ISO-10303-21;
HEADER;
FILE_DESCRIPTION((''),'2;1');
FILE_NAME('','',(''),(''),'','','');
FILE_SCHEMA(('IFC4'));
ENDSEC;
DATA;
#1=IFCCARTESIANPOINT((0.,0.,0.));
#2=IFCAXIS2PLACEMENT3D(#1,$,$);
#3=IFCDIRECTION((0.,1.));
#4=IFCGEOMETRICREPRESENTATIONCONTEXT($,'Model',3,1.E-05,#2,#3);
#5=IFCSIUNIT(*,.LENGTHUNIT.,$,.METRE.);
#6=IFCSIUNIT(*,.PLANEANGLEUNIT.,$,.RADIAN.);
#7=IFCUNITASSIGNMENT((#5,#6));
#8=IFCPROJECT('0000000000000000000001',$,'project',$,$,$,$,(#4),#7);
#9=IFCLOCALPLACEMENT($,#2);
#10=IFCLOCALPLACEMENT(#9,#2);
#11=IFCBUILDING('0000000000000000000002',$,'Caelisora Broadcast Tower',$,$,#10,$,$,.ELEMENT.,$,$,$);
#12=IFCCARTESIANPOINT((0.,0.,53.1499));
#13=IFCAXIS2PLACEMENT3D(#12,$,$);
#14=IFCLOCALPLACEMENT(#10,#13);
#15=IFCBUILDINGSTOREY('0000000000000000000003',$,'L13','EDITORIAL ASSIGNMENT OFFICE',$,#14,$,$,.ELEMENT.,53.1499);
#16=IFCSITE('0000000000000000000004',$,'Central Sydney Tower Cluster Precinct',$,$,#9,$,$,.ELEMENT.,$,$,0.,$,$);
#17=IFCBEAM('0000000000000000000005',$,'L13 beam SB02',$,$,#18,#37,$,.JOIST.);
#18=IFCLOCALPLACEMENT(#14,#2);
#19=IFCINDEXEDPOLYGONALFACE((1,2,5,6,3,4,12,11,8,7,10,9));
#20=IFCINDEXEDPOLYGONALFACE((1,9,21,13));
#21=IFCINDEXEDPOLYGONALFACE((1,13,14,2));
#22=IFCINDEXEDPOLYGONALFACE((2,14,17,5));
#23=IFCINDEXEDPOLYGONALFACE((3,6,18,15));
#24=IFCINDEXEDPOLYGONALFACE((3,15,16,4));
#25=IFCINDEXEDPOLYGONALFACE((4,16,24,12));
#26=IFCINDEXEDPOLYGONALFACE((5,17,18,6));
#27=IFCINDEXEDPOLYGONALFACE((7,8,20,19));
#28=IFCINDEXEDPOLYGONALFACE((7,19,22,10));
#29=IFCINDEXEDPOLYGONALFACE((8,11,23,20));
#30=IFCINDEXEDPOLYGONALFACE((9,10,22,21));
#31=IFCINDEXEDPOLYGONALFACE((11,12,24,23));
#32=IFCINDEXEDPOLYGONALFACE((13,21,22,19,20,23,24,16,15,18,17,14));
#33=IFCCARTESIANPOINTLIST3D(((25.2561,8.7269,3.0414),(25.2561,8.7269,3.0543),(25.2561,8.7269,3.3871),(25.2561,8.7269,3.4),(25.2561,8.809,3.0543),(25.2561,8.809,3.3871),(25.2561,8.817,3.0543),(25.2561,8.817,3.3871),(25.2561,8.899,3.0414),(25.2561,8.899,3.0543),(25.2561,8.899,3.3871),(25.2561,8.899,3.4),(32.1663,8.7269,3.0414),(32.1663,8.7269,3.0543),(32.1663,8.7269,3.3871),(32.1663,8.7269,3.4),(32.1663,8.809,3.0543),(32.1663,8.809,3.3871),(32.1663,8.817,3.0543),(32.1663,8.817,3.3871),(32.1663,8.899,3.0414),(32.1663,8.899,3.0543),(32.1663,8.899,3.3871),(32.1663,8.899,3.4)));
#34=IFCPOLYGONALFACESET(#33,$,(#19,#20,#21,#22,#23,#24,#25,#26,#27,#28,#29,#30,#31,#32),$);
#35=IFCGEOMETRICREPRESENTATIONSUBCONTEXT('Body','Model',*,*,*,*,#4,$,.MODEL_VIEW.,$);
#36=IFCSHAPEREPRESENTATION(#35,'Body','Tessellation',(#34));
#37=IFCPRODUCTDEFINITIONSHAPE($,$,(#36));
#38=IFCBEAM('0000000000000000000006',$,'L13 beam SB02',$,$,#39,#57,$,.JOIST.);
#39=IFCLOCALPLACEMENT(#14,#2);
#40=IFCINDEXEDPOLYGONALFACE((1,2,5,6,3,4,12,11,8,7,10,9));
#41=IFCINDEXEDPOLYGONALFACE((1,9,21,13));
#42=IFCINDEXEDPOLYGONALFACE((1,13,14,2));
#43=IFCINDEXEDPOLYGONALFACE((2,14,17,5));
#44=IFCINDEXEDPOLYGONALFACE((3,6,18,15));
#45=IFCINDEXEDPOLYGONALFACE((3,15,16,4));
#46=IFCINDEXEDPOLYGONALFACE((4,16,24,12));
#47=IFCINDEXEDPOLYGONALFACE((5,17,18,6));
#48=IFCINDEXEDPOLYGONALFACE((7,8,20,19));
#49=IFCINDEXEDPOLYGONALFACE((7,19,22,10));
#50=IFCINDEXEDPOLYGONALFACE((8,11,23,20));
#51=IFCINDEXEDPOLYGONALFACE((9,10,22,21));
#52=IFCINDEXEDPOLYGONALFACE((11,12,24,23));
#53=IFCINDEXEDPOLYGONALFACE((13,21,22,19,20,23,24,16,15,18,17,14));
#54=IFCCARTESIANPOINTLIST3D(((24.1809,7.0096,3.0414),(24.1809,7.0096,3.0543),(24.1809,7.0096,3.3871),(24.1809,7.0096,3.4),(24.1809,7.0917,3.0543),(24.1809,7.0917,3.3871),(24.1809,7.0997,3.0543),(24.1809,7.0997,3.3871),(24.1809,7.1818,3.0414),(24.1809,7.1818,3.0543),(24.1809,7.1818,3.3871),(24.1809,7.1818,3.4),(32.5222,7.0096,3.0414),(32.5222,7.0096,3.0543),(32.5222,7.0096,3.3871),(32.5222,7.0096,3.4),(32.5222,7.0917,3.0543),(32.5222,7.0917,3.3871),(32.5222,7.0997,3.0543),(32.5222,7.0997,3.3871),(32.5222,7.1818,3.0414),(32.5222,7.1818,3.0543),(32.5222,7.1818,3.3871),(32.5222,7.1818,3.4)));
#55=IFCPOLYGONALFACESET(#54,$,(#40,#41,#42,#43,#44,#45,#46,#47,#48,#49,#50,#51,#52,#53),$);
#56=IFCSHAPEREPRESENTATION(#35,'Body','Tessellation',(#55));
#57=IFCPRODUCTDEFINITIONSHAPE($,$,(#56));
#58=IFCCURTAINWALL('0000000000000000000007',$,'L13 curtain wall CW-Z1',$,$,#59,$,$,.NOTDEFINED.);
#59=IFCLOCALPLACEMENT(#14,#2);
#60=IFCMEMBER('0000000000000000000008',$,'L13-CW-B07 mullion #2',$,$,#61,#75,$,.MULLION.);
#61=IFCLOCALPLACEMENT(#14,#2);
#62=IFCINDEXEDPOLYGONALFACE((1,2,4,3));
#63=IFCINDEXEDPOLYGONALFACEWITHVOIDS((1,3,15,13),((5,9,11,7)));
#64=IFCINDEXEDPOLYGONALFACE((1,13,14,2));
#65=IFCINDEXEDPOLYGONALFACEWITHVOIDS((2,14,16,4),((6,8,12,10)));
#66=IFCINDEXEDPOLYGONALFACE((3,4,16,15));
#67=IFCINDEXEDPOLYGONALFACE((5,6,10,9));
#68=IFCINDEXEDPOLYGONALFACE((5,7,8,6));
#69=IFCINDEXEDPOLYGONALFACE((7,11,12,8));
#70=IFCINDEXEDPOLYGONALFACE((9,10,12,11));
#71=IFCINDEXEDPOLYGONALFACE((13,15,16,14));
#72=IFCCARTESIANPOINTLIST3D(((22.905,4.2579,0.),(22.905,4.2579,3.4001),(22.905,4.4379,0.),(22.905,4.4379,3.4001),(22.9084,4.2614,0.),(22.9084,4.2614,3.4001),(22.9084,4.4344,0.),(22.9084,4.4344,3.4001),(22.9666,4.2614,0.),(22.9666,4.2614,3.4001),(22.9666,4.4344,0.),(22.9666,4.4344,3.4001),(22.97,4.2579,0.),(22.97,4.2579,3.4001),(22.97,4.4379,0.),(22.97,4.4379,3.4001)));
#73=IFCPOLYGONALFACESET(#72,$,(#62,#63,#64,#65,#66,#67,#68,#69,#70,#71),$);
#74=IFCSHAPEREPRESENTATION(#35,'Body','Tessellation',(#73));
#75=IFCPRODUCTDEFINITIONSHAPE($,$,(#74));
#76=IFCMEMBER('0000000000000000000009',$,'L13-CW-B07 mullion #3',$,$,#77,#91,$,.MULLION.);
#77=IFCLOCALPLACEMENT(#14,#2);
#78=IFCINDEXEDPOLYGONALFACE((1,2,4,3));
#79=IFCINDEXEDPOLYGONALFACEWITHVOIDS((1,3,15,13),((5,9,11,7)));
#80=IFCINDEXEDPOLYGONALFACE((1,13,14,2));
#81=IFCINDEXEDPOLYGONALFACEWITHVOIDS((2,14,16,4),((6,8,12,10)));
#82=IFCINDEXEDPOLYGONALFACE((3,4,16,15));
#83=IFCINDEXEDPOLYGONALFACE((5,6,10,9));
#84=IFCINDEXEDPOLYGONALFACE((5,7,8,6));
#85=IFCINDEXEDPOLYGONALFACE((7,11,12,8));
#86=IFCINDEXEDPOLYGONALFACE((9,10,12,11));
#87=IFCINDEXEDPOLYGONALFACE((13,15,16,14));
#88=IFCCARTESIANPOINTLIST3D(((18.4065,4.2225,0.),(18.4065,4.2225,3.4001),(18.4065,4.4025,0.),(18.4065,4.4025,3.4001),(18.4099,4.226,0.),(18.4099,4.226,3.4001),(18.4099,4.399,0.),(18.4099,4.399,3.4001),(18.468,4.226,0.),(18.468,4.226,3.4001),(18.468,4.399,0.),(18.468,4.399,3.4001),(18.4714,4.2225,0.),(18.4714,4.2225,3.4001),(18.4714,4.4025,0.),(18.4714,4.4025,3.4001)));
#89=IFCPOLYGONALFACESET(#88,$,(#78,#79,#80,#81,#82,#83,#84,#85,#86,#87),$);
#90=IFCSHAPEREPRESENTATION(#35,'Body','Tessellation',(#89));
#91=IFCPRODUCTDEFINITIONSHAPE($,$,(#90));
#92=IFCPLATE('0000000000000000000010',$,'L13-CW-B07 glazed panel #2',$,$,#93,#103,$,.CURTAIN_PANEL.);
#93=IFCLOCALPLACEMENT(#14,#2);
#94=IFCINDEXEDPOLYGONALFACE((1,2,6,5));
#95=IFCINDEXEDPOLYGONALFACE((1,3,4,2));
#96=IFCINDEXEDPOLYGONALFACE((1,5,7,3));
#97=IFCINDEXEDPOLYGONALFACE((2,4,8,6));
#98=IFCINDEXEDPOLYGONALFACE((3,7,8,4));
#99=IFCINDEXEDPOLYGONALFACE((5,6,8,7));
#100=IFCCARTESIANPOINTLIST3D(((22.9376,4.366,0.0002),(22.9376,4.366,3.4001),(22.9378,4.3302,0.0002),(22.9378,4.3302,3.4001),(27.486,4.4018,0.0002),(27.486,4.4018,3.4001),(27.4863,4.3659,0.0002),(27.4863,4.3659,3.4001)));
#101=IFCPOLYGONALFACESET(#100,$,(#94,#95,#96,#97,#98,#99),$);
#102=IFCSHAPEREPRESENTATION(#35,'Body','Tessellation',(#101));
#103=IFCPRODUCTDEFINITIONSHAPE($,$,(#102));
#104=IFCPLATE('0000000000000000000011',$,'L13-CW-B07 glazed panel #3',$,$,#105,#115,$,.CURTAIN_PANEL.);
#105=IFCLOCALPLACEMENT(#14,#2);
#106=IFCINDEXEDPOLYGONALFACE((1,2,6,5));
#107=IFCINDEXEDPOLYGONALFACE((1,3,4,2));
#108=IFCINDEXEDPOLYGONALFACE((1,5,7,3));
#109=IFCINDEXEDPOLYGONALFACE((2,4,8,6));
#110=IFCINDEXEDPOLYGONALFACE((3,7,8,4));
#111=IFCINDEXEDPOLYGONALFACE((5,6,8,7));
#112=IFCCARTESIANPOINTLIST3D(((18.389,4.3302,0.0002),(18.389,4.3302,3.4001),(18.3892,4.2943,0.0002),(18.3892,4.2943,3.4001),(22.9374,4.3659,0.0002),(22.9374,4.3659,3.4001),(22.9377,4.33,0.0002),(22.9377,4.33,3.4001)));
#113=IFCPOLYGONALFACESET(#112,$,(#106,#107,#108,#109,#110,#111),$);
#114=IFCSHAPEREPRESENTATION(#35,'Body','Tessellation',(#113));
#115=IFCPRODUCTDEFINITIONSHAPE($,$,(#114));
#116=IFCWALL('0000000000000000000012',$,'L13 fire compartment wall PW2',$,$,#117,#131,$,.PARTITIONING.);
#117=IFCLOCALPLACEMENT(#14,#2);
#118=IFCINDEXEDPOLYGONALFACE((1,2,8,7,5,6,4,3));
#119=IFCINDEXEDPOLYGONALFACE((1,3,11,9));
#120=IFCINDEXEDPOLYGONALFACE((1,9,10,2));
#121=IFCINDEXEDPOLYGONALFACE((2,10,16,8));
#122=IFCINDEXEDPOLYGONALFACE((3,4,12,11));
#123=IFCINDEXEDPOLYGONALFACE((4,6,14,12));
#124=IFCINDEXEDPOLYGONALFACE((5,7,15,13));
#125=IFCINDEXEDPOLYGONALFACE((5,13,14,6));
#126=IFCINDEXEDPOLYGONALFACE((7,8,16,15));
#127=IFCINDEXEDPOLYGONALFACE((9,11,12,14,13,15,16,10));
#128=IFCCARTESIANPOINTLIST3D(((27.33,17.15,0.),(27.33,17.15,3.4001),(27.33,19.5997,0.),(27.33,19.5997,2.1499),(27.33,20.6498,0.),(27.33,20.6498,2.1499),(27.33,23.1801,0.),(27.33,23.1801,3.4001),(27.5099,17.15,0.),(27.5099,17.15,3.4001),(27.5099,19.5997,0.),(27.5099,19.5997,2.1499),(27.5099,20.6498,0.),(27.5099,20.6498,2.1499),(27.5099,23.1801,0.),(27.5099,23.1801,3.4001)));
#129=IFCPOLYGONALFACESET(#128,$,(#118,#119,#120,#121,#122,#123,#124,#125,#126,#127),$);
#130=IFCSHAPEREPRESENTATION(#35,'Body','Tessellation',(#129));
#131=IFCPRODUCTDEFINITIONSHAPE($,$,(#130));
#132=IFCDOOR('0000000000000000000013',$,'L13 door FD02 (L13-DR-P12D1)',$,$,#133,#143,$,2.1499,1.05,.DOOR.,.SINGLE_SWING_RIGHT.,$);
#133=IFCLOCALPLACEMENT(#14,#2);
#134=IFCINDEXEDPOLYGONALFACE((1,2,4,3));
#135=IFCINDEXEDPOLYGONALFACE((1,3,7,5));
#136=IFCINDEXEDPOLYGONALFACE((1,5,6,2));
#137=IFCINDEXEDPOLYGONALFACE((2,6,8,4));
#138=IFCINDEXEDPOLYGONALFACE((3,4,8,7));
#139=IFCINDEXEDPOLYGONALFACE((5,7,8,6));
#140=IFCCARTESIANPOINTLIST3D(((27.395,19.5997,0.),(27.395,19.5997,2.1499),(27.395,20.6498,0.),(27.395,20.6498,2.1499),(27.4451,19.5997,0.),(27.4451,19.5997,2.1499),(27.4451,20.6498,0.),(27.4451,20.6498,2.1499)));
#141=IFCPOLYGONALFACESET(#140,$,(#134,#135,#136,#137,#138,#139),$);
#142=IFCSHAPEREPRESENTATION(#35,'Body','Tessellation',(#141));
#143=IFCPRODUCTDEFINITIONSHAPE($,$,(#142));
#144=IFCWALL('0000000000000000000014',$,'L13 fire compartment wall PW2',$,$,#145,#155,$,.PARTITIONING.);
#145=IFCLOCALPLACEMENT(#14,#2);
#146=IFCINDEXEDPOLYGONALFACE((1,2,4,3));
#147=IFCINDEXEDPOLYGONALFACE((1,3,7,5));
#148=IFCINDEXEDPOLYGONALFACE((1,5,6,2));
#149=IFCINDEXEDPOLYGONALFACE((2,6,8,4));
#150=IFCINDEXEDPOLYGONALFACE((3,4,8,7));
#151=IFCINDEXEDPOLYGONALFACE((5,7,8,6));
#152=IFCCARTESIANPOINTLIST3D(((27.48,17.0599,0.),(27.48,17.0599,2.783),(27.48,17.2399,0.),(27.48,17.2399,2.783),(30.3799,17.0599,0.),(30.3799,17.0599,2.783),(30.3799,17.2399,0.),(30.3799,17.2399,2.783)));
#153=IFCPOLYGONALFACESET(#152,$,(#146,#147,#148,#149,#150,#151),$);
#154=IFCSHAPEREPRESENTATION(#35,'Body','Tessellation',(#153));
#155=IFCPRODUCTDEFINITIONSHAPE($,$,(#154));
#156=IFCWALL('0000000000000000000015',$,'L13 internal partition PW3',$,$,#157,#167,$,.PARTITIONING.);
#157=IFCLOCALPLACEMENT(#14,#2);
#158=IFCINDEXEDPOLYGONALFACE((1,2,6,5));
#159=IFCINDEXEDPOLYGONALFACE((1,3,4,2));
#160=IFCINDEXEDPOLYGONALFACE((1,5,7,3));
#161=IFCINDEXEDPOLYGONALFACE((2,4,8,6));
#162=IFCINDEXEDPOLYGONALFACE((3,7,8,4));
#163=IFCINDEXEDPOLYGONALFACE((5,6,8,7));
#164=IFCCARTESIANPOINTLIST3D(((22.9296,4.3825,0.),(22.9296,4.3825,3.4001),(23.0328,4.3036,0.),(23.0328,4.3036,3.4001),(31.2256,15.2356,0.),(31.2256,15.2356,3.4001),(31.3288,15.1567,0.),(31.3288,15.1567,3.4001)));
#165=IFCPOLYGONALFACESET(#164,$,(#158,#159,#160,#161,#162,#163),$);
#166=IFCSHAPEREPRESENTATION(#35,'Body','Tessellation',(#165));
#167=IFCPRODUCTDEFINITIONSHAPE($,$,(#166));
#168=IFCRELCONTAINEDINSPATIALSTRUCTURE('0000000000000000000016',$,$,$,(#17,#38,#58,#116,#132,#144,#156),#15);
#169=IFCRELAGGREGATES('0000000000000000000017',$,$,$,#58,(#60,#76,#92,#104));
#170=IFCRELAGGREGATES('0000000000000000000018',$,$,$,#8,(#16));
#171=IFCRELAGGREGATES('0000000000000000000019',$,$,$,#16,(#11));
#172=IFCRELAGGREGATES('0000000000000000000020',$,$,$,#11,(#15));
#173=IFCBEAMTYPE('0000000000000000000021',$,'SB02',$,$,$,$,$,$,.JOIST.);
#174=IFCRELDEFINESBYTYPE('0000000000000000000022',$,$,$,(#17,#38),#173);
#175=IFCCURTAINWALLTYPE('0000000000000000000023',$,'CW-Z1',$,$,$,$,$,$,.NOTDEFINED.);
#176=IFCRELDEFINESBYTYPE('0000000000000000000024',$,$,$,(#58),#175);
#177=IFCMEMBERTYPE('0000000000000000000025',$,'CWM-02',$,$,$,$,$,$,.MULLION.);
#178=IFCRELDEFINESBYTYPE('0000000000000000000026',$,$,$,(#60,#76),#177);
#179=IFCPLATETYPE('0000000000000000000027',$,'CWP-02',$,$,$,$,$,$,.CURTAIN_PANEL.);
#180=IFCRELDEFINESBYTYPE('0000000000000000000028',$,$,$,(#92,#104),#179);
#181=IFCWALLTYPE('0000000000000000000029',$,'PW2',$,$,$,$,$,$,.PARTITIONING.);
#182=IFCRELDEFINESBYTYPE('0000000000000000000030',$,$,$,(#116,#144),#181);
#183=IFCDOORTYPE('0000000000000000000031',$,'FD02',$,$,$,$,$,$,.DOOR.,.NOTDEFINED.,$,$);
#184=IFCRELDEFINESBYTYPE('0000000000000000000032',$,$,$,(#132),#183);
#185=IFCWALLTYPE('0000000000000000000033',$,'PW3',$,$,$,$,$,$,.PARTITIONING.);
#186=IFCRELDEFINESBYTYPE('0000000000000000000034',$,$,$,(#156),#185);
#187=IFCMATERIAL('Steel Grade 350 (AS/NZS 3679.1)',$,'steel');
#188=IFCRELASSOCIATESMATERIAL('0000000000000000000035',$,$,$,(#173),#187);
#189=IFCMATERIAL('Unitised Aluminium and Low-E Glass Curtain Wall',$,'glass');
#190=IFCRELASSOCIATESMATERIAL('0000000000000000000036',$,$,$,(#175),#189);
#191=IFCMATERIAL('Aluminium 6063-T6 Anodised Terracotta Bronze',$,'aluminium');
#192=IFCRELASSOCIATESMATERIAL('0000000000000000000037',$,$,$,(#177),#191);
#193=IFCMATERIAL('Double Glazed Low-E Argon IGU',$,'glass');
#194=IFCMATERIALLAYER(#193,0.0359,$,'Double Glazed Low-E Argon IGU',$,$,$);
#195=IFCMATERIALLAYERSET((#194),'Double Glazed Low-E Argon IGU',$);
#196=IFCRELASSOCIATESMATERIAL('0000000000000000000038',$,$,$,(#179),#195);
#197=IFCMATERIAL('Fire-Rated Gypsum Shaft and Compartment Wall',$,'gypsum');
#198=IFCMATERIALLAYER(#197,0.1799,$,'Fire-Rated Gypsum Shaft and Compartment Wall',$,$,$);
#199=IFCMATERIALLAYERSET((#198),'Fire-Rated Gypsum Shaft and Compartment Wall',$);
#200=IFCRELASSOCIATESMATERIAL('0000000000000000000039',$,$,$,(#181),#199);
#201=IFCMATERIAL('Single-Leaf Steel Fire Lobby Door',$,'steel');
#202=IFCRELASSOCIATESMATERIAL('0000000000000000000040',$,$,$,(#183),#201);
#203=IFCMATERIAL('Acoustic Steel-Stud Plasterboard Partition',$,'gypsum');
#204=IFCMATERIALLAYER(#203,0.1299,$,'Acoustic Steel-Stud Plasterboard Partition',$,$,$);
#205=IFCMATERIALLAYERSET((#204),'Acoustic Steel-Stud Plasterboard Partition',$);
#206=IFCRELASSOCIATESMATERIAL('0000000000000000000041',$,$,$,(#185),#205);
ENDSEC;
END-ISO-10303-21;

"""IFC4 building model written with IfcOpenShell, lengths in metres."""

from ifc_helpers import new_model, si_unit, direction, frame, frame_2d, origin, origin_2d, place, context, subcontext, project, spatial, rectangle, hollow_rectangle, i_section, extrude, source, transform, mapped, material, layer, layer_set, material_profile, profile_set, type_object, type_shapes, element, fill, aggregate, save


model = new_model("IFC4")

# Units and contexts
model_context = context("Model", 3, precision=1e-05, world=origin(), true_north=direction((0.0, 1.0)))
body_context = subcontext(model_context, "Body", "Model", "MODEL_VIEW")
ifc_project = project(units=[si_unit("LENGTHUNIT", "METRE"), si_unit("PLANEANGLEUNIT", "RADIAN")], contexts=[model_context])

# Site, building, storey
site_placement = place(None, origin())
site = spatial("IfcSite", under=ifc_project, at=site_placement, Name="Central Sydney Tower Cluster Precinct", CompositionType="ELEMENT", RefElevation=0.0)
building_placement = place(site_placement, origin())
building = spatial("IfcBuilding", under=site, at=building_placement, Name="Caelisora Broadcast Tower", CompositionType="ELEMENT")
storey_placement = place(building_placement, frame((0.0, 0.0, 53.1499)))
storey = spatial("IfcBuildingStorey", under=building, at=storey_placement, Name="L13", Description="EDITORIAL ASSIGNMENT OFFICE", CompositionType="ELEMENT", Elevation=53.1499)

# Beams
ifc_material_1 = material(Name="Steel Grade 350 (AS/NZS 3679.1)", Category="steel")
ifc_material_profile_1 = material_profile(ifc_material_1, i_section(OverallWidth=0.1721, OverallDepth=0.3586, WebThickness=0.0081, FlangeThickness=0.0129, at=origin_2d()), Name="Steel Grade 350 (AS/NZS 3679.1)")
ifc_profile_set_1 = profile_set([ifc_material_profile_1], Name="Steel Grade 350 (AS/NZS 3679.1)")
beam_type_1 = type_object("IfcBeamType", Name="SB02", PredefinedType="JOIST", material=ifc_profile_set_1)
shared_shape_1 = source(origin(), body_context, "Body", "SweptSolid", [
    extrude(i_section(OverallWidth=0.1721, OverallDepth=0.3586, WebThickness=0.0081, FlangeThickness=0.0129, at=origin_2d()), origin(), (0.0, 0.0, 1.0), 6.9102),
])
beam_1_placement = place(storey_placement, frame((25.2561, 8.813, 3.2207), z_axis=(1.0, 0.0, 0.0), x_axis=(0.0, 1.0, 0.0)))
element("IfcBeam", 1, at=beam_1_placement, inside=storey, type_object=beam_type_1, Name="L13 beam SB02", PredefinedType="JOIST", context=body_context, shape_type="MappedRepresentation", body=[
    mapped(shared_shape_1, transform((0.0, 0.0, 0.0), scale=1.0)),
])
shared_shape_2 = source(origin(), body_context, "Body", "SweptSolid", [
    extrude(i_section(OverallWidth=0.1721, OverallDepth=0.3586, WebThickness=0.0081, FlangeThickness=0.0129, at=origin_2d()), origin(), (0.0, 0.0, 1.0), 8.3413),
])
beam_2_placement = place(storey_placement, frame((24.1809, 7.0957, 3.2207), z_axis=(1.0, 0.0, 0.0), x_axis=(0.0, 1.0, 0.0)))
element("IfcBeam", 2, at=beam_2_placement, inside=storey, type_object=beam_type_1, Name="L13 beam SB02", PredefinedType="JOIST", context=body_context, shape_type="MappedRepresentation", body=[
    mapped(shared_shape_2, transform((0.0, 0.0, 0.0), scale=1.0)),
])

# Curtain wall, members, plates
ifc_material_2 = material(Name="Unitised Aluminium and Low-E Glass Curtain Wall", Category="glass")
curtain_wall_type = type_object("IfcCurtainWallType", Name="CW-Z1", PredefinedType="NOTDEFINED", material=ifc_material_2)
curtain_wall_placement = place(storey_placement, origin())
curtain_wall = element("IfcCurtainWall", 3, at=curtain_wall_placement, inside=storey, type_object=curtain_wall_type, Name="L13 curtain wall CW-Z1", PredefinedType="NOTDEFINED")
ifc_material_3 = material(Name="Aluminium 6063-T6 Anodised Terracotta Bronze", Category="aluminium")
ifc_material_profile_2 = material_profile(ifc_material_3, hollow_rectangle(XDim=0.0649, YDim=0.1799, WallThickness=0.0034, at=origin_2d()), Name="Aluminium 6063-T6 Anodised Terracotta Bronze")
ifc_profile_set_2 = profile_set([ifc_material_profile_2], Name="Aluminium 6063-T6 Anodised Terracotta Bronze")
member_type = type_object("IfcMemberType", Name="CWM-02", PredefinedType="MULLION", material=ifc_profile_set_2)
shared_shape_3 = source(origin(), body_context, "Body", "SweptSolid", [
    extrude(hollow_rectangle(XDim=0.0649, YDim=0.1799, WallThickness=0.0034, at=origin_2d()), origin(), (0.0, 0.0, 1.0), 3.4001),
])
type_shapes(member_type, [shared_shape_3])
member_1_placement = place(storey_placement, frame((22.9375, 4.3479, 0.0), z_axis=(0.0, 0.0, 1.0), x_axis=(1.0, 0.0, 0.0)))
member_1 = element("IfcMember", 4, at=member_1_placement, type_object=member_type, Name="L13-CW-B07 mullion #2", PredefinedType="MULLION", context=body_context, shape_type="MappedRepresentation", body=[
    mapped(shared_shape_3, transform((0.0, 0.0, 0.0), scale=1.0)),
])
member_2_placement = place(storey_placement, frame((18.439, 4.3125, 0.0), z_axis=(0.0, 0.0, 1.0), x_axis=(1.0, 0.0, 0.0)))
member_2 = element("IfcMember", 5, at=member_2_placement, type_object=member_type, Name="L13-CW-B07 mullion #3", PredefinedType="MULLION", context=body_context, shape_type="MappedRepresentation", body=[
    mapped(shared_shape_3, transform((0.0, 0.0, 0.0), scale=1.0)),
])
ifc_material_4 = material(Name="Double Glazed Low-E Argon IGU", Category="glass")
ifc_layer_1 = layer(ifc_material_4, 0.0359, Name="Double Glazed Low-E Argon IGU")
ifc_layer_set_1 = layer_set([ifc_layer_1], Name="Double Glazed Low-E Argon IGU")
plate_type = type_object("IfcPlateType", Name="CWP-02", PredefinedType="CURTAIN_PANEL", material=ifc_layer_set_1)
shared_shape_4 = source(origin(), body_context, "Body", "SweptSolid", [
    extrude(rectangle(XDim=4.5486, YDim=0.0359, at=origin_2d()), origin(), (0.0, 0.0, 1.0), 3.3999),
])
type_shapes(plate_type, [shared_shape_4])
plate_1_placement = place(storey_placement, frame((25.2119, 4.366, 0.0002), z_axis=(0.0, 0.0, 1.0), x_axis=(-0.999969, -0.007854, 0.0)))
plate_1 = element("IfcPlate", 6, at=plate_1_placement, type_object=plate_type, Name="L13-CW-B07 glazed panel #2", PredefinedType="CURTAIN_PANEL", context=body_context, shape_type="MappedRepresentation", body=[
    mapped(shared_shape_4, transform((0.0, 0.0, 0.0), scale=1.0)),
])
plate_2_placement = place(storey_placement, frame((20.6633, 4.3301, 0.0002), z_axis=(0.0, 0.0, 1.0), x_axis=(-0.999969, -0.007854, 0.0)))
plate_2 = element("IfcPlate", 7, at=plate_2_placement, type_object=plate_type, Name="L13-CW-B07 glazed panel #3", PredefinedType="CURTAIN_PANEL", context=body_context, shape_type="MappedRepresentation", body=[
    mapped(shared_shape_4, transform((0.0, 0.0, 0.0), scale=1.0)),
])
aggregate(curtain_wall, [member_1, member_2, plate_1, plate_2])

# Wall, opening, door
ifc_material_5 = material(Name="Fire-Rated Gypsum Shaft and Compartment Wall", Category="gypsum")
ifc_layer_2 = layer(ifc_material_5, 0.1799, Name="Fire-Rated Gypsum Shaft and Compartment Wall")
ifc_layer_set_2 = layer_set([ifc_layer_2], Name="Fire-Rated Gypsum Shaft and Compartment Wall")
wall_type_1 = type_object("IfcWallType", Name="PW2", PredefinedType="PARTITIONING", material=ifc_layer_set_2)
wall_1_placement = place(storey_placement, frame((27.4199, 17.1499, 0.0), z_axis=(0.0, 0.0, 1.0), x_axis=(0.0, 1.0, 0.0)))
wall_1 = element("IfcWall", 8, at=wall_1_placement, inside=storey, type_object=wall_type_1, Name="L13 fire compartment wall PW2", PredefinedType="PARTITIONING", context=body_context, shape_type="SweptSolid", body=[
    extrude(rectangle(XDim=6.03, YDim=0.1799, at=frame_2d((3.0151, 0.0))), origin(), (0.0, 0.0, 1.0), 3.4001),
])
opening_1_placement = place(wall_1_placement, frame((2.45, 0.0, 0.0)))
opening_1 = element("IfcOpeningElement", 9, at=opening_1_placement, cuts=wall_1, PredefinedType="OPENING", context=body_context, shape_type="SweptSolid", body=[
    extrude(rectangle(XDim=1.05, YDim=2.1499, at=frame_2d((0.5249, 1.075))), frame((0.0, 0.1021, 0.0), z_axis=(0.0, -1.0, 0.0), x_axis=(1.0, 0.0, 0.0)), (0.0, 0.0, 1.0), 0.2039),
])
ifc_material_6 = material(Name="Single-Leaf Steel Fire Lobby Door", Category="steel")
door_type_1 = type_object("IfcDoorType", Name="FD02", OperationType="NOTDEFINED", PredefinedType="DOOR", material=ifc_material_6)
door_1_placement = place(opening_1_placement, origin())
door_1 = element("IfcDoor", 10, at=door_1_placement, inside=storey, type_object=door_type_1, Name="L13 door FD02 (L13-DR-P12D1)", OperationType="SINGLE_SWING_RIGHT", OverallHeight=2.1499, OverallWidth=1.05, PredefinedType="DOOR", context=body_context, shape_type="SweptSolid", body=[
    extrude(rectangle(XDim=1.05, YDim=2.1499, at=frame_2d((0.5249, 1.075))), frame((0.0, 0.0249, 0.0), z_axis=(0.0, -1.0, 0.0), x_axis=(1.0, 0.0, 0.0)), (0.0, 0.0, 1.0), 0.05),
])
fill(opening_1, door_1)

# Walls
wall_2_placement = place(storey_placement, frame((27.48, 17.1499, 0.0), z_axis=(0.0, 0.0, 1.0), x_axis=(1.0, 0.0, 0.0)))
element("IfcWall", 11, at=wall_2_placement, inside=storey, type_object=wall_type_1, Name="L13 fire compartment wall PW2", PredefinedType="PARTITIONING", context=body_context, shape_type="SweptSolid", body=[
    extrude(rectangle(XDim=2.8999, YDim=0.1799, at=frame_2d((1.45, 0.0))), origin(), (0.0, 0.0, 1.0), 2.783),
])
ifc_material_7 = material(Name="Acoustic Steel-Stud Plasterboard Partition", Category="gypsum")
ifc_layer_3 = layer(ifc_material_7, 0.1299, Name="Acoustic Steel-Stud Plasterboard Partition")
ifc_layer_set_3 = layer_set([ifc_layer_3], Name="Acoustic Steel-Stud Plasterboard Partition")
wall_type_2 = type_object("IfcWallType", Name="PW3", PredefinedType="PARTITIONING", material=ifc_layer_set_3)
wall_3_placement = place(storey_placement, frame((22.9812, 4.343, 0.0), z_axis=(0.0, 0.0, 1.0), x_axis=(0.60729, 0.794481, 0.0)))
element("IfcWall", 12, at=wall_3_placement, inside=storey, type_object=wall_type_2, Name="L13 internal partition PW3", PredefinedType="PARTITIONING", context=body_context, shape_type="SweptSolid", body=[
    extrude(rectangle(XDim=13.6606, YDim=0.1299, at=frame_2d((6.8303, 0.0))), origin(), (0.0, 0.0, 1.0), 3.4001),
])

save(model, "model.ifc")
